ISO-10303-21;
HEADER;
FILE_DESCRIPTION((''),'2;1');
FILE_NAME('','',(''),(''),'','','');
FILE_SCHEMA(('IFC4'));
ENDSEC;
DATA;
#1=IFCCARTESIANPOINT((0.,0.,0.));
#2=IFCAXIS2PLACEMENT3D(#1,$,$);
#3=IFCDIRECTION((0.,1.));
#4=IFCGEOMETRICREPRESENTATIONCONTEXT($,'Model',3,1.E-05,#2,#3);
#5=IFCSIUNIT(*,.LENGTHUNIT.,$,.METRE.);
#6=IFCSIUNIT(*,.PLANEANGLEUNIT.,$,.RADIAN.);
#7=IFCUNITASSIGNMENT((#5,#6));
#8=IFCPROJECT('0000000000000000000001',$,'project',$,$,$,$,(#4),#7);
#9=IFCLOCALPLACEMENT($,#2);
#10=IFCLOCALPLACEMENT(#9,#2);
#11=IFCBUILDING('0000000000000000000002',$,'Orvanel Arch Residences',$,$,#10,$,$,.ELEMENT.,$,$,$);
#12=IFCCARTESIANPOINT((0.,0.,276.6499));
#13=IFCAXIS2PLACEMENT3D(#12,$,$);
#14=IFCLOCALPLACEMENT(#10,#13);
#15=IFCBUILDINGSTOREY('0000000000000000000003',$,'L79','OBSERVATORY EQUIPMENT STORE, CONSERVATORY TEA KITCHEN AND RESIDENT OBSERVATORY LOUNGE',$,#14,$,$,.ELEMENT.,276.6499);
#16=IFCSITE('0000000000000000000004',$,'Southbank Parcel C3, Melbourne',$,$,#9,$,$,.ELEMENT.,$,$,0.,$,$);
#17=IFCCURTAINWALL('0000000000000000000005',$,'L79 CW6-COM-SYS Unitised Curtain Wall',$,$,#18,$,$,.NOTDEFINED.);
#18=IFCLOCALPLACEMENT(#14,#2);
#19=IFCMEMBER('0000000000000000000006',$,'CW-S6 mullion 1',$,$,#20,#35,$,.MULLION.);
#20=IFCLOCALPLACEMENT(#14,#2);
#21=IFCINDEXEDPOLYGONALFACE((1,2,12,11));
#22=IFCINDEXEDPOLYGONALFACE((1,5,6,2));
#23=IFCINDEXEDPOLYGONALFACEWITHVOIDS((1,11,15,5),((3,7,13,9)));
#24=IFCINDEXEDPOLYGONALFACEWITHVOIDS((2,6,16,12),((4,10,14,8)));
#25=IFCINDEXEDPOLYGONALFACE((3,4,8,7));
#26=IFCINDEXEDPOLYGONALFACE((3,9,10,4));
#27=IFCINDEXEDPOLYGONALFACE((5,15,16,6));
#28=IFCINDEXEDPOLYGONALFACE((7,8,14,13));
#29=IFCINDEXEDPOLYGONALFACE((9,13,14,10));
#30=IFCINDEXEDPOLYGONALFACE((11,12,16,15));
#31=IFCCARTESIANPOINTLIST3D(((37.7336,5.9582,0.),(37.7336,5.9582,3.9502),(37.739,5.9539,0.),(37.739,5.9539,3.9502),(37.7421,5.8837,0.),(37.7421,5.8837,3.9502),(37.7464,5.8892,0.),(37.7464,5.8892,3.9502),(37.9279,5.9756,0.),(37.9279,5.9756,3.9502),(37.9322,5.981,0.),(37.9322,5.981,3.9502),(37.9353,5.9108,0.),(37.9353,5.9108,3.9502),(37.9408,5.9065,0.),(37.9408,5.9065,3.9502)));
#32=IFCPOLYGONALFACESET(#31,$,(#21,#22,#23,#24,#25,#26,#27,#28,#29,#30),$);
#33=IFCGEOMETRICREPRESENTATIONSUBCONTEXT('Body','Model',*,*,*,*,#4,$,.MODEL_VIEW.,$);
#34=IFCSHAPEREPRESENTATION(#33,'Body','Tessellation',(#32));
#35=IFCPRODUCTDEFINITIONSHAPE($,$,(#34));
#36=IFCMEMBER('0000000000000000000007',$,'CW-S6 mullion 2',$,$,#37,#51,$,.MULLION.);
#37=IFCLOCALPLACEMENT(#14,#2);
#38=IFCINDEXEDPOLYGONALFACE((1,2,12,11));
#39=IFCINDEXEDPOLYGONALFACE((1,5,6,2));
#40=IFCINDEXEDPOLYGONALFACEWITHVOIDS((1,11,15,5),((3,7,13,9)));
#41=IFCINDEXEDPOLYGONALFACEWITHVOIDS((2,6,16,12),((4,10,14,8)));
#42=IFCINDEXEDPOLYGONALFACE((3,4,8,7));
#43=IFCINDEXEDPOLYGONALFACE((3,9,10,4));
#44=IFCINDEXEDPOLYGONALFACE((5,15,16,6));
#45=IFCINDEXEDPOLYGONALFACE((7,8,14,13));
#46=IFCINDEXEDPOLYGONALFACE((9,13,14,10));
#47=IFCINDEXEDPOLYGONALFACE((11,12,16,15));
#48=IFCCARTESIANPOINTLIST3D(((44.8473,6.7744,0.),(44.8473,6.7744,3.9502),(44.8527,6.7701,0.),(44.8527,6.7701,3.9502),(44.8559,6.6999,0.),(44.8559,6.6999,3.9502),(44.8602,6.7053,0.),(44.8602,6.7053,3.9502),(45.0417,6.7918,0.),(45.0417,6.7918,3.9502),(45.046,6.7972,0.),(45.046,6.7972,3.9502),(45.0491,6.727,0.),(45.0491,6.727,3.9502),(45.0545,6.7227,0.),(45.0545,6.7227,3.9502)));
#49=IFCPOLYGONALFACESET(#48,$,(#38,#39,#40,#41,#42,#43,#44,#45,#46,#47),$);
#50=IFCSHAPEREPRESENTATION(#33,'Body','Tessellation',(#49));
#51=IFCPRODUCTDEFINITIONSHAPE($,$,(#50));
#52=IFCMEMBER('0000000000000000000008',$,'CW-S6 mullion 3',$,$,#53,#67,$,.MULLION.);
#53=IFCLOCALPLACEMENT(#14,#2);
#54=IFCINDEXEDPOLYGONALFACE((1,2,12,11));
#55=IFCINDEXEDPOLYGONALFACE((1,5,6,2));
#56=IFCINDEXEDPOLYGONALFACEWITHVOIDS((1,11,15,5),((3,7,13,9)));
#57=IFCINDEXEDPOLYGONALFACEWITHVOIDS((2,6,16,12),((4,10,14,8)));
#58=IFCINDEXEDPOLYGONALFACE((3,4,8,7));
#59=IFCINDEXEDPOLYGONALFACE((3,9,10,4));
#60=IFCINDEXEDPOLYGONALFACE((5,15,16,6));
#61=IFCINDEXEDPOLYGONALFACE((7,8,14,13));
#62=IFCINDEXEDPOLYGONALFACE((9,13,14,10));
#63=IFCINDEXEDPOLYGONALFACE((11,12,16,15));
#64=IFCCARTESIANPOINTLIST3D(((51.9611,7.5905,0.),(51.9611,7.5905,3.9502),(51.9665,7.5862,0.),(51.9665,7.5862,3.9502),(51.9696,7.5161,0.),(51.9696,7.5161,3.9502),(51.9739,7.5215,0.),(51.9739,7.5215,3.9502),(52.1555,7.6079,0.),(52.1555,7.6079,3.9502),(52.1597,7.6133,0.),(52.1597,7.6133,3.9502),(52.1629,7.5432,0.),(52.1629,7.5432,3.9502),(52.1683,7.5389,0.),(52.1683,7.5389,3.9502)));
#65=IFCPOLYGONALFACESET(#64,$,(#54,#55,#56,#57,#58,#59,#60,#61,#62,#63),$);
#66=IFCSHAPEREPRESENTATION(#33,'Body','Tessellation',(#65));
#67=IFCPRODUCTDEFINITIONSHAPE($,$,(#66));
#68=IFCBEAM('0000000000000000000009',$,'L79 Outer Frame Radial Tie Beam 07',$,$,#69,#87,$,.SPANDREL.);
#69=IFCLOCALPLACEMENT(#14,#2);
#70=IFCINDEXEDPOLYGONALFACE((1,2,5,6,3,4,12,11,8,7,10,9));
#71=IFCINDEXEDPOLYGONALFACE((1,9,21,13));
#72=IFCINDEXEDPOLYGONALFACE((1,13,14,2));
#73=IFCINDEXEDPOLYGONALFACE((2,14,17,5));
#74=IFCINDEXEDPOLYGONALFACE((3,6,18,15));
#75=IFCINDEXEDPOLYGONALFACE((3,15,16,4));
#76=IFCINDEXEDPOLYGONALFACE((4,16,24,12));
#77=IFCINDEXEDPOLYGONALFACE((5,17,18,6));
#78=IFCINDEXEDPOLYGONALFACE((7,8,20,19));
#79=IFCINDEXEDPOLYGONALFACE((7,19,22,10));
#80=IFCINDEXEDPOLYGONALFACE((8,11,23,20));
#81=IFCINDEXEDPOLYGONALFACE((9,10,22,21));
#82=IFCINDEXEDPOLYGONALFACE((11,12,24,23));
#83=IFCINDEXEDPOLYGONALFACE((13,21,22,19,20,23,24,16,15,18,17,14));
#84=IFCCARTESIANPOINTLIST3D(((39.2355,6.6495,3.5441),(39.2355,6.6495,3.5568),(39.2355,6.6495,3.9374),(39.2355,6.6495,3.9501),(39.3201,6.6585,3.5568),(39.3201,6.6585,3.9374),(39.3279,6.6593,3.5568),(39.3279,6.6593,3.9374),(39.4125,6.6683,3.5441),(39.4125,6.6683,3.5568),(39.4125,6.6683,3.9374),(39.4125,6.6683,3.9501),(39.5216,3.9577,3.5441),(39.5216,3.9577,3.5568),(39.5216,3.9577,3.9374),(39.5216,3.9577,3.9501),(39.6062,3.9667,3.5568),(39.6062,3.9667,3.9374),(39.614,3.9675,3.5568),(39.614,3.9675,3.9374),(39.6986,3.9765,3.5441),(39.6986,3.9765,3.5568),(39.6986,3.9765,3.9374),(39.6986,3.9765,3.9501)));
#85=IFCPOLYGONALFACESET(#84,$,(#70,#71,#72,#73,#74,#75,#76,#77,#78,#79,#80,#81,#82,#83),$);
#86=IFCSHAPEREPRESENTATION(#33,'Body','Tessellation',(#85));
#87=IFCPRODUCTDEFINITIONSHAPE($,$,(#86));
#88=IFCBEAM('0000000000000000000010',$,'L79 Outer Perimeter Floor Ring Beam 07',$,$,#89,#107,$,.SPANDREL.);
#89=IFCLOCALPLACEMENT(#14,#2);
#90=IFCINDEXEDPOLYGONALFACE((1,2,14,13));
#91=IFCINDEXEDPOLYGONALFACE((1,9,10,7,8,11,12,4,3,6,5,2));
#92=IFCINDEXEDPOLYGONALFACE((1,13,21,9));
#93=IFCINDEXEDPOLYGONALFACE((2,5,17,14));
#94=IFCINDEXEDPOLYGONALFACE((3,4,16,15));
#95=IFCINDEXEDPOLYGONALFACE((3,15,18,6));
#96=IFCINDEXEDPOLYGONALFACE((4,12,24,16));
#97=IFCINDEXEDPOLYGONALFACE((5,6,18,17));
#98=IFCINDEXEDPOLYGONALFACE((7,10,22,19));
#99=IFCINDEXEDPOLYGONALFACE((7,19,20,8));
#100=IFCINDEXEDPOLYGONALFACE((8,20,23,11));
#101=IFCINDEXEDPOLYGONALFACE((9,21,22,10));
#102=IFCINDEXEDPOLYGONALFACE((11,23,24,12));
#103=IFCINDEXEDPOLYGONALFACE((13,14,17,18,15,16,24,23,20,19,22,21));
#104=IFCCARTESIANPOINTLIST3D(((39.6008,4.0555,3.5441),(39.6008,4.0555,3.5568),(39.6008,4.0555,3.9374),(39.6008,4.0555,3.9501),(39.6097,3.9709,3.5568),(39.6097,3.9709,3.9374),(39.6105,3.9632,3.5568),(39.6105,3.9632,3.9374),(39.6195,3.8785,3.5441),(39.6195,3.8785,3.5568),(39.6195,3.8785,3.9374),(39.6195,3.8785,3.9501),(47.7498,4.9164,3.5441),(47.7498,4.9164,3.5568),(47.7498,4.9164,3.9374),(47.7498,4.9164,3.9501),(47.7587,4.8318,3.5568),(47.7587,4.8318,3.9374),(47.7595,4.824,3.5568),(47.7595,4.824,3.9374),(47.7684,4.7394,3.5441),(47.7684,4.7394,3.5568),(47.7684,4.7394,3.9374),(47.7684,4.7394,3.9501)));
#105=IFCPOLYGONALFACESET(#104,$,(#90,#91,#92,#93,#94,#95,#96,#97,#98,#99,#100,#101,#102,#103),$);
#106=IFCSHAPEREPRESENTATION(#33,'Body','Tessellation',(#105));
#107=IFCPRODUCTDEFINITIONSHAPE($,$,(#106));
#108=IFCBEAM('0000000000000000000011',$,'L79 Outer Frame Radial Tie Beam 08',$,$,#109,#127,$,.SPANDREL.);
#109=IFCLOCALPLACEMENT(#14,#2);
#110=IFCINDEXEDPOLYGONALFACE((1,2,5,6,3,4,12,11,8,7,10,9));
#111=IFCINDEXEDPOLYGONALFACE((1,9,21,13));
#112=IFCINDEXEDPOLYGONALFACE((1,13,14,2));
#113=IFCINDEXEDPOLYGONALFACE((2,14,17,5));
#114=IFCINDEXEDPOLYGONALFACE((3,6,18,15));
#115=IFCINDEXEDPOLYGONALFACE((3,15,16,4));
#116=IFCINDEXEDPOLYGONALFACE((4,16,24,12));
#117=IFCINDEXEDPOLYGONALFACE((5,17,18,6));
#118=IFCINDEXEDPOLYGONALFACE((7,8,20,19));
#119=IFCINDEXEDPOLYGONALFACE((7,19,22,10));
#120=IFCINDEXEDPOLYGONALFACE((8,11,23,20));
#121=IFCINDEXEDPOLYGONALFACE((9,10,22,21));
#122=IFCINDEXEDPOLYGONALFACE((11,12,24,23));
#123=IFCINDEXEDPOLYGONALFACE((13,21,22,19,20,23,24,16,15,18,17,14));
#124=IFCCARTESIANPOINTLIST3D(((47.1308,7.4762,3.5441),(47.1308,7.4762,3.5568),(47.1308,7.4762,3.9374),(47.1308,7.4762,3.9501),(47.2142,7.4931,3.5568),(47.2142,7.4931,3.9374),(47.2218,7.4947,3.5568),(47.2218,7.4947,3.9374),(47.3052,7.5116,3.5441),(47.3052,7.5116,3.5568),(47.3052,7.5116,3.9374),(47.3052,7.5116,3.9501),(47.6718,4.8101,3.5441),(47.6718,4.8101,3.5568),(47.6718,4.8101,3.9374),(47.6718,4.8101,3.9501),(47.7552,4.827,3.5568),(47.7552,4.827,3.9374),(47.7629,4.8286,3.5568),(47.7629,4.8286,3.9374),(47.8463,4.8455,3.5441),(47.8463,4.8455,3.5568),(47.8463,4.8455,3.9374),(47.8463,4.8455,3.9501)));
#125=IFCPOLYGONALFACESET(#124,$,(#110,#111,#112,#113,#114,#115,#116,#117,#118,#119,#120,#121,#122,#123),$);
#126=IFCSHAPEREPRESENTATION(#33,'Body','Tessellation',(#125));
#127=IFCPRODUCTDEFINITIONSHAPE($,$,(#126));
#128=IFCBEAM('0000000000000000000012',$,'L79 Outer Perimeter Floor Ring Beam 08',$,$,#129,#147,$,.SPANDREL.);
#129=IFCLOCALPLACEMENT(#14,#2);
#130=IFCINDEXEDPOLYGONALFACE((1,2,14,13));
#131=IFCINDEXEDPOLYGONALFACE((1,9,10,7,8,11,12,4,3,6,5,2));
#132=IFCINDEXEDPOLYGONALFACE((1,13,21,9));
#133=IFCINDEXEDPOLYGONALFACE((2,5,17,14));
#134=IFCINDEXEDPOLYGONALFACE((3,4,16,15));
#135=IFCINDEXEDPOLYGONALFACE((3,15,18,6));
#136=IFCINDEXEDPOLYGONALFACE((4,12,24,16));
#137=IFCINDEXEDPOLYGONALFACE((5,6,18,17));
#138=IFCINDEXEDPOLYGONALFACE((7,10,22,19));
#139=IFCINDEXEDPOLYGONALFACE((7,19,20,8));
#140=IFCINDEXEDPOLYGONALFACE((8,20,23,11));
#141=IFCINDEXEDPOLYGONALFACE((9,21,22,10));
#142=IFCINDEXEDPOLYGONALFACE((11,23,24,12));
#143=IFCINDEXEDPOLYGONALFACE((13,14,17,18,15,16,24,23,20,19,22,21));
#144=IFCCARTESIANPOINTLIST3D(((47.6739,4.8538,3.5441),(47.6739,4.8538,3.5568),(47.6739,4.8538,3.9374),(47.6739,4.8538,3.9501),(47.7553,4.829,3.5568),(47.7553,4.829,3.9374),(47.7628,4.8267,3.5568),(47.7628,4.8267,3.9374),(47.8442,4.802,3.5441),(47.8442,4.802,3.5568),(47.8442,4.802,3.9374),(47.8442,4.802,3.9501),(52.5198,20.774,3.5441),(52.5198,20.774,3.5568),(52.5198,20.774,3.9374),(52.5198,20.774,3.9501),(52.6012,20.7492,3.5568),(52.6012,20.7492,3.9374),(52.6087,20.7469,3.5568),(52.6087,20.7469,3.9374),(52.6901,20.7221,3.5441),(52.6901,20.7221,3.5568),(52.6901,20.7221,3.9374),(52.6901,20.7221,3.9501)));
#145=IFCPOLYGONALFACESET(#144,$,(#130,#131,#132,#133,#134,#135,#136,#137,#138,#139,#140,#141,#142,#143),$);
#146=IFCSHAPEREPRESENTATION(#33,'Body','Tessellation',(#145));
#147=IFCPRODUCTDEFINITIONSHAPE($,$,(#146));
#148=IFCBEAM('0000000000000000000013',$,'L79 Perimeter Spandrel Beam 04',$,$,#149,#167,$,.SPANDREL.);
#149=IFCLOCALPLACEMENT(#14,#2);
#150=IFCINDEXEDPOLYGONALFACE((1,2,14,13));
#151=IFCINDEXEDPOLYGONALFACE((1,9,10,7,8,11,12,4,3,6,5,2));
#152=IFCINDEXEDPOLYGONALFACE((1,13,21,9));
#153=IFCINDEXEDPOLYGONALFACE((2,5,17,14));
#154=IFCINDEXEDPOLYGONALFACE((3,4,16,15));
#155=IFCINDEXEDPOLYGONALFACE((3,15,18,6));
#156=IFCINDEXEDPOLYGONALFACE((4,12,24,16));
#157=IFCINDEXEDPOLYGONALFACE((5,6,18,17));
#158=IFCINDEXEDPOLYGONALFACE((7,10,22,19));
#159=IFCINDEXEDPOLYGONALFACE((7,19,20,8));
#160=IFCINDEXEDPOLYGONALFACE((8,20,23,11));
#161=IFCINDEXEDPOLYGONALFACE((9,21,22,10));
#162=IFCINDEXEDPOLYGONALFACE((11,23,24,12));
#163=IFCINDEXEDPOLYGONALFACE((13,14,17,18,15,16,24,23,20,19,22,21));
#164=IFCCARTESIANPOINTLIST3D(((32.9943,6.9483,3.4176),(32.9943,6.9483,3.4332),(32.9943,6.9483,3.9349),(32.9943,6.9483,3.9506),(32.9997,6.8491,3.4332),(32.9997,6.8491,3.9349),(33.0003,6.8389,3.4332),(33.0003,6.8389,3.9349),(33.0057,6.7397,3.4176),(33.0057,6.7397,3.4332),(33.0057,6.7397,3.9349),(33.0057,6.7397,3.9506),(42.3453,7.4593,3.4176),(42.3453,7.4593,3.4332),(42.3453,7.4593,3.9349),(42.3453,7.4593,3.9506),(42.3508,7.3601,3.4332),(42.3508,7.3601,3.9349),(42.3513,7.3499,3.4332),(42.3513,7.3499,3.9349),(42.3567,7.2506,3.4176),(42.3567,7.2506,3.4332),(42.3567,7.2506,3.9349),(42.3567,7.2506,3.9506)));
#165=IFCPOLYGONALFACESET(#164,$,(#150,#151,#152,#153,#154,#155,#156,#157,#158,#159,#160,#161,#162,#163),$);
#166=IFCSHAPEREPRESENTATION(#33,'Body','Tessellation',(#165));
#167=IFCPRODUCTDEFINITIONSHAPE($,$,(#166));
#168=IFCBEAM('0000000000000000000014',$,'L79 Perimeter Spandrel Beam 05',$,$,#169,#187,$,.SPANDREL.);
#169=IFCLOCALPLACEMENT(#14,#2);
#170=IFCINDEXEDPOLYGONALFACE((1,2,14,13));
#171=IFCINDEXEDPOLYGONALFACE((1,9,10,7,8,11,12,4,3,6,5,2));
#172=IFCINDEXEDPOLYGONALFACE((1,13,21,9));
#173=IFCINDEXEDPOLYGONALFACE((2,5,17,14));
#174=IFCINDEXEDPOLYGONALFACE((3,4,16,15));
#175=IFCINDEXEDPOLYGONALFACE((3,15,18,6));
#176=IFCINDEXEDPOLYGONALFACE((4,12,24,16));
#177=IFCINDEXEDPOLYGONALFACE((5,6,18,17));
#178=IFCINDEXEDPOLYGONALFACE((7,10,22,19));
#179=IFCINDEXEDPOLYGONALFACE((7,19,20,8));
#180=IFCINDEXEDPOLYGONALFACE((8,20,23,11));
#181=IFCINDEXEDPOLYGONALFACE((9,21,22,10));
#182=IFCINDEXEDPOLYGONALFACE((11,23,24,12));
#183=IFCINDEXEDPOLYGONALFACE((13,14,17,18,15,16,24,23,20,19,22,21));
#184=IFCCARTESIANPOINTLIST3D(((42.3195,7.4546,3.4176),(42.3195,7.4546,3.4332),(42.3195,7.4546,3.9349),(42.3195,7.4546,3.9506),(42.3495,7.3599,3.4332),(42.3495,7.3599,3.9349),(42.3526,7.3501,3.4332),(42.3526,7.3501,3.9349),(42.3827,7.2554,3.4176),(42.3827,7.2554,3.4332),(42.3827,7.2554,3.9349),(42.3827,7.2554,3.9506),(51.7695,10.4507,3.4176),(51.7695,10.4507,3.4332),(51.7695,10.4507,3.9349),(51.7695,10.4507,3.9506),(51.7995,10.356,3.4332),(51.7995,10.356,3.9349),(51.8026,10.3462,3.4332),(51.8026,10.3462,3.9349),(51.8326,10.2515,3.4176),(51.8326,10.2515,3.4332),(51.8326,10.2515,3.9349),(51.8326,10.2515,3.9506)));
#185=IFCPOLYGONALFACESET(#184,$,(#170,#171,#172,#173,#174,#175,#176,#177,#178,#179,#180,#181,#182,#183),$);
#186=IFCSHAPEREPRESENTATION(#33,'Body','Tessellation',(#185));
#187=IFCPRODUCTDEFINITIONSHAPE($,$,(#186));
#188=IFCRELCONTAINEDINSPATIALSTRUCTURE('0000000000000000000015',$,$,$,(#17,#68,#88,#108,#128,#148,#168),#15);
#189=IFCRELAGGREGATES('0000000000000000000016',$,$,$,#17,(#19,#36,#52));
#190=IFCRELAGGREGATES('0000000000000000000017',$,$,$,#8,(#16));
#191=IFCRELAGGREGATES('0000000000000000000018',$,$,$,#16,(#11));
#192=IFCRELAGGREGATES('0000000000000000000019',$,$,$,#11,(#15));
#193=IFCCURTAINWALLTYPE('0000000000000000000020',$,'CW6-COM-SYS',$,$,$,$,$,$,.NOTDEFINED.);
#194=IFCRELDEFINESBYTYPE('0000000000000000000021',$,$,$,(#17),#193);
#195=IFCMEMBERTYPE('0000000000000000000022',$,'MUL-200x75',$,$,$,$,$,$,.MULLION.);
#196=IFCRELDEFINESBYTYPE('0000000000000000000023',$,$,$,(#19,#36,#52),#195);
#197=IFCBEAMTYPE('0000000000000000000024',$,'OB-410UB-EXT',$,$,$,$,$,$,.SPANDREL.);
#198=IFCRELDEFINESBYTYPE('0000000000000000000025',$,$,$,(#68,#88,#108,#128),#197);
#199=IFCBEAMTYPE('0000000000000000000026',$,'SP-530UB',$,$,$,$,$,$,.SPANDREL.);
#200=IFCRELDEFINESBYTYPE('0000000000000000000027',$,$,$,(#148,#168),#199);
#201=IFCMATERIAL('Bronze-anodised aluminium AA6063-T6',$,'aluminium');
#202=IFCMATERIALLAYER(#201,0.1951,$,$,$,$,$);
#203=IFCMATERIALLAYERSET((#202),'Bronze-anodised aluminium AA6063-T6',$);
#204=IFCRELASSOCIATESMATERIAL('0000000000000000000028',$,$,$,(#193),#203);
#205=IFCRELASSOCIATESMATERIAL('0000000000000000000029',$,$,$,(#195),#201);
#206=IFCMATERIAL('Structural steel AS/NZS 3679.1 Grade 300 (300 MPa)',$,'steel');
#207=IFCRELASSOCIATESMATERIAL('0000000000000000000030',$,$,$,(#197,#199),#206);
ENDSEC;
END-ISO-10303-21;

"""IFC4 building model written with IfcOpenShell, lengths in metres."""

from ifc_helpers import new_model, si_unit, direction, frame, origin, origin_2d, place, context, subcontext, project, spatial, hollow_rectangle, i_section, extrude, material, layer, layer_set, material_profile, profile_set, type_object, element, aggregate, save


model = new_model("IFC4")

# Units and contexts
model_context = context("Model", 3, precision=1e-05, world=origin(), true_north=direction((0.0, 1.0)))
body_context = subcontext(model_context, "Body", "Model", "MODEL_VIEW")
ifc_project = project(units=[si_unit("LENGTHUNIT", "METRE"), si_unit("PLANEANGLEUNIT", "RADIAN")], contexts=[model_context])

# Site, building, storey
site_placement = place(None, origin())
site = spatial("IfcSite", under=ifc_project, at=site_placement, Name="Southbank Parcel C3, Melbourne", CompositionType="ELEMENT", RefElevation=0.0)
building_placement = place(site_placement, origin())
building = spatial("IfcBuilding", under=site, at=building_placement, Name="Orvanel Arch Residences", CompositionType="ELEMENT")
storey_placement = place(building_placement, frame((0.0, 0.0, 276.6499)))
storey = spatial("IfcBuildingStorey", under=building, at=storey_placement, Name="L79", Description="OBSERVATORY EQUIPMENT STORE, CONSERVATORY TEA KITCHEN AND RESIDENT OBSERVATORY LOUNGE", CompositionType="ELEMENT", Elevation=276.6499)

# Shared definitions
ifc_material_1 = material(Name="Bronze-anodised aluminium AA6063-T6", Category="aluminium")

# Curtain wall, members
ifc_layer_1 = layer(ifc_material_1, 0.1951)
ifc_layer_set_1 = layer_set([ifc_layer_1], Name="Bronze-anodised aluminium AA6063-T6")
curtain_wall_type_1 = type_object("IfcCurtainWallType", Name="CW6-COM-SYS", PredefinedType="NOTDEFINED", material=ifc_layer_set_1)
curtain_wall_1_placement = place(storey_placement, origin())
curtain_wall_1 = element("IfcCurtainWall", 1, at=curtain_wall_1_placement, inside=storey, type_object=curtain_wall_type_1, Name="L79 CW6-COM-SYS Unitised Curtain Wall", PredefinedType="NOTDEFINED")
ifc_material_profile_1 = material_profile(ifc_material_1, hollow_rectangle(XDim=0.075, YDim=0.2, WallThickness=0.0049, at=origin_2d()), Name="ALU200x75x5")
ifc_profile_set_1 = profile_set([ifc_material_profile_1], Name="Bronze-anodised aluminium AA6063-T6")
member_type_1 = type_object("IfcMemberType", Name="MUL-200x75", PredefinedType="MULLION", material=ifc_profile_set_1)
member_1_placement = place(storey_placement, frame((37.8372, 5.9324, 0.0), z_axis=(0.0, 0.0, 1.0), x_axis=(-0.113991, 0.993482, 0.0)))
member_1 = element("IfcMember", 2, at=member_1_placement, type_object=member_type_1, Name="CW-S6 mullion 1", PredefinedType="MULLION", context=body_context, shape_type="SweptSolid", body=[
    extrude(hollow_rectangle(XDim=0.075, YDim=0.2, WallThickness=0.0049, at=origin_2d()), origin(), (0.0, 0.0, 1.0), 3.9502),
])
member_2_placement = place(storey_placement, frame((44.9509, 6.7485, 0.0), z_axis=(0.0, 0.0, 1.0), x_axis=(-0.113991, 0.993482, 0.0)))
member_2 = element("IfcMember", 3, at=member_2_placement, type_object=member_type_1, Name="CW-S6 mullion 2", PredefinedType="MULLION", context=body_context, shape_type="SweptSolid", body=[
    extrude(hollow_rectangle(XDim=0.075, YDim=0.2, WallThickness=0.0049, at=origin_2d()), origin(), (0.0, 0.0, 1.0), 3.9502),
])
member_3_placement = place(storey_placement, frame((52.0647, 7.5647, 0.0), z_axis=(0.0, 0.0, 1.0), x_axis=(-0.113991, 0.993482, 0.0)))
member_3 = element("IfcMember", 4, at=member_3_placement, type_object=member_type_1, Name="CW-S6 mullion 3", PredefinedType="MULLION", context=body_context, shape_type="SweptSolid", body=[
    extrude(hollow_rectangle(XDim=0.075, YDim=0.2, WallThickness=0.0049, at=origin_2d()), origin(), (0.0, 0.0, 1.0), 3.9502),
])

# Beams
ifc_material_2 = material(Name="Structural steel AS/NZS 3679.1 Grade 300 (300 MPa)", Category="steel")
ifc_material_profile_2 = material_profile(ifc_material_2, i_section(OverallWidth=0.178, OverallDepth=0.406, WebThickness=0.0078, FlangeThickness=0.0127, at=origin_2d()), Name="410UB59.7")
ifc_profile_set_2 = profile_set([ifc_material_profile_2], Name="Structural steel AS/NZS 3679.1 Grade 300 (300 MPa)")
beam_type_1 = type_object("IfcBeamType", Name="OB-410UB-EXT", PredefinedType="SPANDREL", material=ifc_profile_set_2)
beam_1_placement = place(storey_placement, frame((39.324, 6.6589, 3.7471), z_axis=(0.105699, -0.994398, 0.0), x_axis=(0.994398, 0.105699, 0.0)))
element("IfcBeam", 5, at=beam_1_placement, inside=storey, type_object=beam_type_1, Name="L79 Outer Frame Radial Tie Beam 07", PredefinedType="SPANDREL", context=body_context, shape_type="SweptSolid", body=[
    extrude(i_section(OverallWidth=0.178, OverallDepth=0.406, WebThickness=0.0078, FlangeThickness=0.0127, at=origin_2d()), origin(), (0.0, 0.0, 1.0), 2.707),
])
beam_2_placement = place(storey_placement, frame((39.6101, 3.967, 3.7471), z_axis=(0.994467, 0.105054, 0.0), x_axis=(-0.105054, 0.994467, 0.0)))
element("IfcBeam", 6, at=beam_2_placement, inside=storey, type_object=beam_type_1, Name="L79 Outer Perimeter Floor Ring Beam 07", PredefinedType="SPANDREL", context=body_context, shape_type="SweptSolid", body=[
    extrude(i_section(OverallWidth=0.178, OverallDepth=0.406, WebThickness=0.0078, FlangeThickness=0.0127, at=origin_2d()), origin(), (0.0, 0.0, 1.0), 8.1943),
])
beam_3_placement = place(storey_placement, frame((47.218, 7.4939, 3.7471), z_axis=(0.198877, -0.980025, 0.0), x_axis=(0.980025, 0.198877, 0.0)))
element("IfcBeam", 7, at=beam_3_placement, inside=storey, type_object=beam_type_1, Name="L79 Outer Frame Radial Tie Beam 08", PredefinedType="SPANDREL", context=body_context, shape_type="SweptSolid", body=[
    extrude(i_section(OverallWidth=0.178, OverallDepth=0.406, WebThickness=0.0078, FlangeThickness=0.0127, at=origin_2d()), origin(), (0.0, 0.0, 1.0), 2.7205),
])
beam_4_placement = place(storey_placement, frame((47.759, 4.8279, 3.7471), z_axis=(0.291199, 0.956663, 0.0), x_axis=(-0.956663, 0.291199, 0.0)))
element("IfcBeam", 8, at=beam_4_placement, inside=storey, type_object=beam_type_1, Name="L79 Outer Perimeter Floor Ring Beam 08", PredefinedType="SPANDREL", context=body_context, shape_type="SweptSolid", body=[
    extrude(i_section(OverallWidth=0.178, OverallDepth=0.406, WebThickness=0.0078, FlangeThickness=0.0127, at=origin_2d()), origin(), (0.0, 0.0, 1.0), 16.6414),
])
ifc_material_profile_3 = material_profile(ifc_material_2, i_section(OverallWidth=0.209, OverallDepth=0.533, WebThickness=0.0103, FlangeThickness=0.0156, at=origin_2d()), Name="530UB92.4")
ifc_profile_set_3 = profile_set([ifc_material_profile_3], Name="Structural steel AS/NZS 3679.1 Grade 300 (300 MPa)")
beam_type_2 = type_object("IfcBeamType", Name="SP-530UB", PredefinedType="SPANDREL", material=ifc_profile_set_3)
beam_5_placement = place(storey_placement, frame((33.0, 6.844, 3.6841), z_axis=(0.99851, 0.054563, 0.0), x_axis=(-0.054563, 0.99851, 0.0)))
element("IfcBeam", 9, at=beam_5_placement, inside=storey, type_object=beam_type_2, Name="L79 Perimeter Spandrel Beam 04", PredefinedType="SPANDREL", context=body_context, shape_type="SweptSolid", body=[
    extrude(i_section(OverallWidth=0.209, OverallDepth=0.533, WebThickness=0.0103, FlangeThickness=0.0156, at=origin_2d()), origin(), (0.0, 0.0, 1.0), 9.365),
])
beam_6_placement = place(storey_placement, frame((42.3511, 7.355, 3.6841), z_axis=(0.953237, 0.302223, 0.0), x_axis=(-0.302223, 0.953237, 0.0)))
element("IfcBeam", 10, at=beam_6_placement, inside=storey, type_object=beam_type_2, Name="L79 Perimeter Spandrel Beam 05", PredefinedType="SPANDREL", context=body_context, shape_type="SweptSolid", body=[
    extrude(i_section(OverallWidth=0.209, OverallDepth=0.533, WebThickness=0.0103, FlangeThickness=0.0156, at=origin_2d()), origin(), (0.0, 0.0, 1.0), 9.9136),
])

aggregate(curtain_wall_1, [member_1, member_2, member_3])

save(model, "model.ifc")
